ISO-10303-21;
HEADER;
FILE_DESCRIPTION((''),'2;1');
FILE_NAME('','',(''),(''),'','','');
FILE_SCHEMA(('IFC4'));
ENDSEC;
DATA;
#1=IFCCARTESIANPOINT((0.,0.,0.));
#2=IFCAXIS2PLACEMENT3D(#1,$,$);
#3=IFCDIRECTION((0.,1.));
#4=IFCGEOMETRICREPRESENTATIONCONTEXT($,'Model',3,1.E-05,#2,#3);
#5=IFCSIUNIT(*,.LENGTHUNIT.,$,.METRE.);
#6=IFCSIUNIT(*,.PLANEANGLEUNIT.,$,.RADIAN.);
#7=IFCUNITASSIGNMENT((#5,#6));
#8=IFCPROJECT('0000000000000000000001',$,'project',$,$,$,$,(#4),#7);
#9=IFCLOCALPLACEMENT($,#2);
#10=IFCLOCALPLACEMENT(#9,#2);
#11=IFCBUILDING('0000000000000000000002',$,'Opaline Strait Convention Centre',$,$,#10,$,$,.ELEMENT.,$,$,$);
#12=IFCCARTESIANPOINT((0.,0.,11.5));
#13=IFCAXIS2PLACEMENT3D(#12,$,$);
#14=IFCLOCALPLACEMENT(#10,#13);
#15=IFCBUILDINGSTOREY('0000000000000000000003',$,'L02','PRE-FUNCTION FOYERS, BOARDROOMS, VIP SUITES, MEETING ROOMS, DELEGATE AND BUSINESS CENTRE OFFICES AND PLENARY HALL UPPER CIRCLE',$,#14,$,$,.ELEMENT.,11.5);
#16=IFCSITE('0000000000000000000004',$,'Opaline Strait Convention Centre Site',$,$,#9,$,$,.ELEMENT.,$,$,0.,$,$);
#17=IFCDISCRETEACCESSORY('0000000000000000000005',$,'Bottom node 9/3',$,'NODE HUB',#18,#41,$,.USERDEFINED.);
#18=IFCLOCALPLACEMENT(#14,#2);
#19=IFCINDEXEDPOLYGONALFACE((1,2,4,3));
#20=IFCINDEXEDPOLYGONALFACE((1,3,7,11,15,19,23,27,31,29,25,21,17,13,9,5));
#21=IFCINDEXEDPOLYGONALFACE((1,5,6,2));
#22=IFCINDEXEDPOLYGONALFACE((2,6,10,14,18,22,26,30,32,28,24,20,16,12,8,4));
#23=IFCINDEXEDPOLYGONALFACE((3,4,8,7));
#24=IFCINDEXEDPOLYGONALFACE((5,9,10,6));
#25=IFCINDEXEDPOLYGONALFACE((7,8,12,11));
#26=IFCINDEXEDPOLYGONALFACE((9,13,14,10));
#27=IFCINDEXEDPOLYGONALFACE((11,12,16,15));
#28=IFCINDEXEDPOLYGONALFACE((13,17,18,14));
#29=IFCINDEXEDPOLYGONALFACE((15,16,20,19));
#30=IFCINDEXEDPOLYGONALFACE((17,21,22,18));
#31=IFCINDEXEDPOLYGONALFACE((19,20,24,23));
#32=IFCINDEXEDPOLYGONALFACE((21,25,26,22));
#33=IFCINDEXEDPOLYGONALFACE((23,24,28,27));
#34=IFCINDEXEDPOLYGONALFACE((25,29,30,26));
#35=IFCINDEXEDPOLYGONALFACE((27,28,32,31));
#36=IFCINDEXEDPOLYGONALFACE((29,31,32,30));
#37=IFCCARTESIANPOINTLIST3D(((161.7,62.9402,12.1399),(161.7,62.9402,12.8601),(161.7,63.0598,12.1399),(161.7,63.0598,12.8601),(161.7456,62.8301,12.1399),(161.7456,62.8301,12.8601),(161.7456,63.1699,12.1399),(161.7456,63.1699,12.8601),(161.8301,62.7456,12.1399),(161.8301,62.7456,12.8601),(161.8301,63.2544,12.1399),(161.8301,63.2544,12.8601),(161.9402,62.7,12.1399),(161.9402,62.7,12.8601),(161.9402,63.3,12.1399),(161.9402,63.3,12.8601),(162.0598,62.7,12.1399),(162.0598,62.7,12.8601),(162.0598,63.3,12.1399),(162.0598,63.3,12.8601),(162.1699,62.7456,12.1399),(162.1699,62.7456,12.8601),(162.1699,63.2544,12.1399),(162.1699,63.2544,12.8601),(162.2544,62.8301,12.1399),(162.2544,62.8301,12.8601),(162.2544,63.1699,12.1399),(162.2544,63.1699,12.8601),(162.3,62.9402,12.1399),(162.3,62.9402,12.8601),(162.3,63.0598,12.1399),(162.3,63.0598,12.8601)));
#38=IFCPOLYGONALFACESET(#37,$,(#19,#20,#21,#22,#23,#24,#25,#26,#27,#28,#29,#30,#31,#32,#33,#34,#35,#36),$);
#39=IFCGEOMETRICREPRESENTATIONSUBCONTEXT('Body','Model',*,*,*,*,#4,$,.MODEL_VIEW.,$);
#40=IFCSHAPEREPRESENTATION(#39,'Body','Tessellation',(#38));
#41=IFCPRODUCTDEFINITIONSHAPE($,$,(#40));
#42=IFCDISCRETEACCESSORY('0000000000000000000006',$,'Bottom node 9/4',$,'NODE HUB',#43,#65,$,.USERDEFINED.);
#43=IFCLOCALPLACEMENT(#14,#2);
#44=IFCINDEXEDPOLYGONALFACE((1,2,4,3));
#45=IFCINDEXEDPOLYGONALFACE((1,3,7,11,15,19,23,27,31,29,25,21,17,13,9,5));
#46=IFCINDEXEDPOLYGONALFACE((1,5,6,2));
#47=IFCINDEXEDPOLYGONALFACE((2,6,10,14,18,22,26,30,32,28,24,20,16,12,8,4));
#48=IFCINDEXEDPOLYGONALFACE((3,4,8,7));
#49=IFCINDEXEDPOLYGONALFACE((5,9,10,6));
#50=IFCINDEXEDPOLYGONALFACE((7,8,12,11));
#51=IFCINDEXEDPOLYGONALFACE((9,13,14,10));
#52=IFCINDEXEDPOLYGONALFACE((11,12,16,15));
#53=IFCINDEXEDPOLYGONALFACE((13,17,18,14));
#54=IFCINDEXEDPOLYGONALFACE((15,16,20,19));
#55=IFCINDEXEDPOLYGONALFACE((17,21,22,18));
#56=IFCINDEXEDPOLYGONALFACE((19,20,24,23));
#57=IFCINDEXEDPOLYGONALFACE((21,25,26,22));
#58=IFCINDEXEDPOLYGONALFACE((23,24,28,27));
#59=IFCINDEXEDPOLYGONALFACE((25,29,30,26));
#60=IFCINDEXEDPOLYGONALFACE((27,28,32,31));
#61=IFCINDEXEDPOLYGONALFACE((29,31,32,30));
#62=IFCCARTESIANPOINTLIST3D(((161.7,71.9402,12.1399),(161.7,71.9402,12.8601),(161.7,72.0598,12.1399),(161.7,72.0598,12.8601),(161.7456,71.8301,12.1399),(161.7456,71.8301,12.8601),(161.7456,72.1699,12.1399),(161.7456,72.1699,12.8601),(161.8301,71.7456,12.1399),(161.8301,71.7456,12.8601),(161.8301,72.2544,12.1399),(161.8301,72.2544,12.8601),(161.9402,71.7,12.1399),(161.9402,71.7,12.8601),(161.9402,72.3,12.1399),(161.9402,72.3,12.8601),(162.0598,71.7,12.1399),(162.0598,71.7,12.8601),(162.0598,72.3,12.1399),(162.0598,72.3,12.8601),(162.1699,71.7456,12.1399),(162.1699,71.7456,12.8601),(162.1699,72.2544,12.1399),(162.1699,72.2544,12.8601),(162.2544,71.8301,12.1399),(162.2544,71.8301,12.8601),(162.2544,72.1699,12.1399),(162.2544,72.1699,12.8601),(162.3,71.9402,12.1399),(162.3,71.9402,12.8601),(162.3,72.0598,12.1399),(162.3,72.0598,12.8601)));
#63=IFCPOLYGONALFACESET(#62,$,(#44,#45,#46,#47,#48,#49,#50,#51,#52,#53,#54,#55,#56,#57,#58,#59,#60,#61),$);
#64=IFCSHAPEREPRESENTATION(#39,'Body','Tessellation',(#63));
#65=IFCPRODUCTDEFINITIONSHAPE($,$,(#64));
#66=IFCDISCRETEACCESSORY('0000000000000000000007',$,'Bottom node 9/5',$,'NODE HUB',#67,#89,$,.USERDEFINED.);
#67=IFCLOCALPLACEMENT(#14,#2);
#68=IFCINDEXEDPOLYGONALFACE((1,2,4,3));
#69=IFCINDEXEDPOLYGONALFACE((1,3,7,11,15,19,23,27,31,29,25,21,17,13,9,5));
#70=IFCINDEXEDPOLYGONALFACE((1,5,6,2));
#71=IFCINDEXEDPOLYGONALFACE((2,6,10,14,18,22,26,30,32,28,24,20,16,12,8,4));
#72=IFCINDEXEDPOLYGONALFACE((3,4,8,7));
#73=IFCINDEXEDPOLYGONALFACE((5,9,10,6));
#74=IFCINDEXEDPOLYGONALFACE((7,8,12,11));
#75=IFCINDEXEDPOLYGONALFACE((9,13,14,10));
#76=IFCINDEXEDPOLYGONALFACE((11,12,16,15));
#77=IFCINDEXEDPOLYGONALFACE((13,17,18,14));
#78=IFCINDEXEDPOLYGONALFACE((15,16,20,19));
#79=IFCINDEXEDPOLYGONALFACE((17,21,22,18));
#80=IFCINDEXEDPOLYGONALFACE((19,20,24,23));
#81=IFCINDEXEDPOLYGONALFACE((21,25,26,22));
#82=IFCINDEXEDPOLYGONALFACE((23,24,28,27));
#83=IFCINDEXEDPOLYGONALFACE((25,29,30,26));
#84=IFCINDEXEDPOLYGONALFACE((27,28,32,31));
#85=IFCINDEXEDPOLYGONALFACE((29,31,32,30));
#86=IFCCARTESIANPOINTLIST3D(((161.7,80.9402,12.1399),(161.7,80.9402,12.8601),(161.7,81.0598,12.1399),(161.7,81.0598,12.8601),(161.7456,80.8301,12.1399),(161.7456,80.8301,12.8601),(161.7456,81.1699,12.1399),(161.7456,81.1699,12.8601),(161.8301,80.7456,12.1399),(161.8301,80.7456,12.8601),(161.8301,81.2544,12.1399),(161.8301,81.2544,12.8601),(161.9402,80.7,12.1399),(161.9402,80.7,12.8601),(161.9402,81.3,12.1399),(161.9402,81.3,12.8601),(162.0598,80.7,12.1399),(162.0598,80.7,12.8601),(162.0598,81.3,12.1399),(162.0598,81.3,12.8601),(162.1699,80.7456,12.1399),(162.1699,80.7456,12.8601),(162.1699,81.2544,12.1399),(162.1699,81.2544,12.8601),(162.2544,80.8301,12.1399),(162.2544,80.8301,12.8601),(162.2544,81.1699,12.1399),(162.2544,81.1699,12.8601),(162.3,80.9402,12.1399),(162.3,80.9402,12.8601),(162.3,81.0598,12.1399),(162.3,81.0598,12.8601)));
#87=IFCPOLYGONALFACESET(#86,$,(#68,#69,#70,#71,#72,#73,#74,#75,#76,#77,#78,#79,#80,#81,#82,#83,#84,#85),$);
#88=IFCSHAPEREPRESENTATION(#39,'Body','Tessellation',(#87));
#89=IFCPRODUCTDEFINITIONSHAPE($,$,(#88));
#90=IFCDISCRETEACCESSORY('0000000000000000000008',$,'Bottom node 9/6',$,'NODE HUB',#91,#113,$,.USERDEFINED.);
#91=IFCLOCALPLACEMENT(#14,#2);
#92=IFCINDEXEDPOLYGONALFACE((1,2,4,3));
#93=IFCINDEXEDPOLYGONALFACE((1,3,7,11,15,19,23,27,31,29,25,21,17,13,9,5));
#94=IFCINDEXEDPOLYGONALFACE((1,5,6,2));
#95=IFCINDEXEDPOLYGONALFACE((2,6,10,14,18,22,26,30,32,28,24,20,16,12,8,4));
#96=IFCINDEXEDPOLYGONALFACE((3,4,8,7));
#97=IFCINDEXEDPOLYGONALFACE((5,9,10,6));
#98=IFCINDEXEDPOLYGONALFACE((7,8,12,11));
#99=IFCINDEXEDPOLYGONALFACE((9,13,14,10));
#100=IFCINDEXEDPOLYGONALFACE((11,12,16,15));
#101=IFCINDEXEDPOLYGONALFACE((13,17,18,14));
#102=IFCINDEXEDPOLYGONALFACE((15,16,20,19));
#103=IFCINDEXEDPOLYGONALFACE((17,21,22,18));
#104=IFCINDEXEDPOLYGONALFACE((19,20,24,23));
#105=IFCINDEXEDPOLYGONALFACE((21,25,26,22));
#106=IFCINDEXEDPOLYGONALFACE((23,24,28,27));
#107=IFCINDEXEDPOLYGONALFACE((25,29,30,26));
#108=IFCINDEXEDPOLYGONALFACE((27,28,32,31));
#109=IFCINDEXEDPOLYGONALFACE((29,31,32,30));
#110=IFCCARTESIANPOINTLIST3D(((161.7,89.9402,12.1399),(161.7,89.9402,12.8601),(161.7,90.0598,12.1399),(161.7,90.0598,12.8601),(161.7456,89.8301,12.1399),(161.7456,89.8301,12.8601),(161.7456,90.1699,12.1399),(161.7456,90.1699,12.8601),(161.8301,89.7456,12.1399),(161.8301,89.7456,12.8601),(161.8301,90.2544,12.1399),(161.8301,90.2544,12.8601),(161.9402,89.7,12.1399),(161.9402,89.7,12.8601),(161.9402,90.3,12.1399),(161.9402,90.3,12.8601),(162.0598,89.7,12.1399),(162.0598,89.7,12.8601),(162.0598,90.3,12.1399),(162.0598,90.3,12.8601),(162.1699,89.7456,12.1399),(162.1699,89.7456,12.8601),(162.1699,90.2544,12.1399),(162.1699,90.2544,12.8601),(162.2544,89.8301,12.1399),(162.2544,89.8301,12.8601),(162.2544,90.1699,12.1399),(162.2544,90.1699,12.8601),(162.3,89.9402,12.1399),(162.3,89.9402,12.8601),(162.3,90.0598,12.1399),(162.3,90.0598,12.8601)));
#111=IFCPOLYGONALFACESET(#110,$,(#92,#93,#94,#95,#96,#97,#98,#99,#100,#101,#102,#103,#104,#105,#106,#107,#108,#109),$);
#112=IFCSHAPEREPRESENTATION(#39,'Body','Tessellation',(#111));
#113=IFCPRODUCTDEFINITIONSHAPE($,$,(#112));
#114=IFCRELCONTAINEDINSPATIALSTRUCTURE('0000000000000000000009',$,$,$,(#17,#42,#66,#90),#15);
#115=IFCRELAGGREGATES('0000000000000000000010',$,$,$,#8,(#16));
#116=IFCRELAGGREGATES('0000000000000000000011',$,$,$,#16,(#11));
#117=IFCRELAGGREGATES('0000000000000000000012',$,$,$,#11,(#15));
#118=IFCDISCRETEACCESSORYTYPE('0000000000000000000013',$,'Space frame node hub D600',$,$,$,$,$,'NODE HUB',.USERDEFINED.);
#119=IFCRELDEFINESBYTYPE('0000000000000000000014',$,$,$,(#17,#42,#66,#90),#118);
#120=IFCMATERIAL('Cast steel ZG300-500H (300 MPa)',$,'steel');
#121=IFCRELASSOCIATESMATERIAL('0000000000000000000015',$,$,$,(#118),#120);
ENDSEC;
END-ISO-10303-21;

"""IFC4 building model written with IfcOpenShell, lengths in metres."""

from ifc_helpers import new_model, si_unit, direction, frame, origin, place, context, subcontext, project, spatial, polyline, outline, extrude, material, type_object, element, save


model = new_model("IFC4")

# Units and contexts
model_context = context("Model", 3, precision=1e-05, world=origin(), true_north=direction((0.0, 1.0)))
body_context = subcontext(model_context, "Body", "Model", "MODEL_VIEW")
ifc_project = project(units=[si_unit("LENGTHUNIT", "METRE"), si_unit("PLANEANGLEUNIT", "RADIAN")], contexts=[model_context])

# Site, building, storey
site_placement = place(None, origin())
site = spatial("IfcSite", under=ifc_project, at=site_placement, Name="Opaline Strait Convention Centre Site", CompositionType="ELEMENT", RefElevation=0.0)
building_placement = place(site_placement, origin())
building = spatial("IfcBuilding", under=site, at=building_placement, Name="Opaline Strait Convention Centre", CompositionType="ELEMENT")
storey_placement = place(building_placement, frame((0.0, 0.0, 11.5)))
storey = spatial("IfcBuildingStorey", under=building, at=storey_placement, Name="L02", Description="PRE-FUNCTION FOYERS, BOARDROOMS, VIP SUITES, MEETING ROOMS, DELEGATE AND BUSINESS CENTRE OFFICES AND PLENARY HALL UPPER CIRCLE", CompositionType="ELEMENT", Elevation=11.5)

# Discrete accessories
ifc_material = material(Name="Cast steel ZG300-500H (300 MPa)", Category="steel")
discrete_accessory_type_1 = type_object("IfcDiscreteAccessoryType", Name="Space frame node hub D600", ElementType="NODE HUB", PredefinedType="USERDEFINED", material=ifc_material)
discrete_accessory_1_placement = place(storey_placement, frame((0.0, 0.0, 12.1399)))
element("IfcDiscreteAccessory", 1, at=discrete_accessory_1_placement, inside=storey, type_object=discrete_accessory_type_1, Name="Bottom node 9/3", ObjectType="NODE HUB", PredefinedType="USERDEFINED", context=body_context, shape_type="SweptSolid", body=[
    extrude(outline(polyline([(162.3, 63.0598), (162.2544, 63.1699), (162.1699, 63.2544), (162.0598, 63.3), (161.9402, 63.3), (161.8301, 63.2544), (161.7456, 63.1699), (161.7, 63.0598), (161.7, 62.9402), (161.7456, 62.8301), (161.8301, 62.7456), (161.9402, 62.7), (162.0598, 62.7), (162.1699, 62.7456), (162.2544, 62.8301), (162.3, 62.9402), (162.3, 63.0598)])), origin(), (0.0, 0.0, 1.0), 0.7202),
])
discrete_accessory_2_placement = place(storey_placement, frame((0.0, 0.0, 12.1399)))
element("IfcDiscreteAccessory", 2, at=discrete_accessory_2_placement, inside=storey, type_object=discrete_accessory_type_1, Name="Bottom node 9/4", ObjectType="NODE HUB", PredefinedType="USERDEFINED", context=body_context, shape_type="SweptSolid", body=[
    extrude(outline(polyline([(162.3, 72.0598), (162.2544, 72.1699), (162.1699, 72.2544), (162.0598, 72.3), (161.9402, 72.3), (161.8301, 72.2544), (161.7456, 72.1699), (161.7, 72.0598), (161.7, 71.9402), (161.7456, 71.8301), (161.8301, 71.7456), (161.9402, 71.7), (162.0598, 71.7), (162.1699, 71.7456), (162.2544, 71.8301), (162.3, 71.9402), (162.3, 72.0598)])), origin(), (0.0, 0.0, 1.0), 0.7202),
])
discrete_accessory_3_placement = place(storey_placement, frame((0.0, 0.0, 12.1399)))
element("IfcDiscreteAccessory", 3, at=discrete_accessory_3_placement, inside=storey, type_object=discrete_accessory_type_1, Name="Bottom node 9/5", ObjectType="NODE HUB", PredefinedType="USERDEFINED", context=body_context, shape_type="SweptSolid", body=[
    extrude(outline(polyline([(162.3, 81.0598), (162.2544, 81.1699), (162.1699, 81.2544), (162.0598, 81.3), (161.9402, 81.3), (161.8301, 81.2544), (161.7456, 81.1699), (161.7, 81.0598), (161.7, 80.9402), (161.7456, 80.8301), (161.8301, 80.7456), (161.9402, 80.7), (162.0598, 80.7), (162.1699, 80.7456), (162.2544, 80.8301), (162.3, 80.9402), (162.3, 81.0598)])), origin(), (0.0, 0.0, 1.0), 0.7202),
])
discrete_accessory_4_placement = place(storey_placement, frame((0.0, 0.0, 12.1399)))
element("IfcDiscreteAccessory", 4, at=discrete_accessory_4_placement, inside=storey, type_object=discrete_accessory_type_1, Name="Bottom node 9/6", ObjectType="NODE HUB", PredefinedType="USERDEFINED", context=body_context, shape_type="SweptSolid", body=[
    extrude(outline(polyline([(162.3, 90.0598), (162.2544, 90.1699), (162.1699, 90.2544), (162.0598, 90.3), (161.9402, 90.3), (161.8301, 90.2544), (161.7456, 90.1699), (161.7, 90.0598), (161.7, 89.9402), (161.7456, 89.8301), (161.8301, 89.7456), (161.9402, 89.7), (162.0598, 89.7), (162.1699, 89.7456), (162.2544, 89.8301), (162.3, 89.9402), (162.3, 90.0598)])), origin(), (0.0, 0.0, 1.0), 0.7202),
])

save(model, "model.ifc")
